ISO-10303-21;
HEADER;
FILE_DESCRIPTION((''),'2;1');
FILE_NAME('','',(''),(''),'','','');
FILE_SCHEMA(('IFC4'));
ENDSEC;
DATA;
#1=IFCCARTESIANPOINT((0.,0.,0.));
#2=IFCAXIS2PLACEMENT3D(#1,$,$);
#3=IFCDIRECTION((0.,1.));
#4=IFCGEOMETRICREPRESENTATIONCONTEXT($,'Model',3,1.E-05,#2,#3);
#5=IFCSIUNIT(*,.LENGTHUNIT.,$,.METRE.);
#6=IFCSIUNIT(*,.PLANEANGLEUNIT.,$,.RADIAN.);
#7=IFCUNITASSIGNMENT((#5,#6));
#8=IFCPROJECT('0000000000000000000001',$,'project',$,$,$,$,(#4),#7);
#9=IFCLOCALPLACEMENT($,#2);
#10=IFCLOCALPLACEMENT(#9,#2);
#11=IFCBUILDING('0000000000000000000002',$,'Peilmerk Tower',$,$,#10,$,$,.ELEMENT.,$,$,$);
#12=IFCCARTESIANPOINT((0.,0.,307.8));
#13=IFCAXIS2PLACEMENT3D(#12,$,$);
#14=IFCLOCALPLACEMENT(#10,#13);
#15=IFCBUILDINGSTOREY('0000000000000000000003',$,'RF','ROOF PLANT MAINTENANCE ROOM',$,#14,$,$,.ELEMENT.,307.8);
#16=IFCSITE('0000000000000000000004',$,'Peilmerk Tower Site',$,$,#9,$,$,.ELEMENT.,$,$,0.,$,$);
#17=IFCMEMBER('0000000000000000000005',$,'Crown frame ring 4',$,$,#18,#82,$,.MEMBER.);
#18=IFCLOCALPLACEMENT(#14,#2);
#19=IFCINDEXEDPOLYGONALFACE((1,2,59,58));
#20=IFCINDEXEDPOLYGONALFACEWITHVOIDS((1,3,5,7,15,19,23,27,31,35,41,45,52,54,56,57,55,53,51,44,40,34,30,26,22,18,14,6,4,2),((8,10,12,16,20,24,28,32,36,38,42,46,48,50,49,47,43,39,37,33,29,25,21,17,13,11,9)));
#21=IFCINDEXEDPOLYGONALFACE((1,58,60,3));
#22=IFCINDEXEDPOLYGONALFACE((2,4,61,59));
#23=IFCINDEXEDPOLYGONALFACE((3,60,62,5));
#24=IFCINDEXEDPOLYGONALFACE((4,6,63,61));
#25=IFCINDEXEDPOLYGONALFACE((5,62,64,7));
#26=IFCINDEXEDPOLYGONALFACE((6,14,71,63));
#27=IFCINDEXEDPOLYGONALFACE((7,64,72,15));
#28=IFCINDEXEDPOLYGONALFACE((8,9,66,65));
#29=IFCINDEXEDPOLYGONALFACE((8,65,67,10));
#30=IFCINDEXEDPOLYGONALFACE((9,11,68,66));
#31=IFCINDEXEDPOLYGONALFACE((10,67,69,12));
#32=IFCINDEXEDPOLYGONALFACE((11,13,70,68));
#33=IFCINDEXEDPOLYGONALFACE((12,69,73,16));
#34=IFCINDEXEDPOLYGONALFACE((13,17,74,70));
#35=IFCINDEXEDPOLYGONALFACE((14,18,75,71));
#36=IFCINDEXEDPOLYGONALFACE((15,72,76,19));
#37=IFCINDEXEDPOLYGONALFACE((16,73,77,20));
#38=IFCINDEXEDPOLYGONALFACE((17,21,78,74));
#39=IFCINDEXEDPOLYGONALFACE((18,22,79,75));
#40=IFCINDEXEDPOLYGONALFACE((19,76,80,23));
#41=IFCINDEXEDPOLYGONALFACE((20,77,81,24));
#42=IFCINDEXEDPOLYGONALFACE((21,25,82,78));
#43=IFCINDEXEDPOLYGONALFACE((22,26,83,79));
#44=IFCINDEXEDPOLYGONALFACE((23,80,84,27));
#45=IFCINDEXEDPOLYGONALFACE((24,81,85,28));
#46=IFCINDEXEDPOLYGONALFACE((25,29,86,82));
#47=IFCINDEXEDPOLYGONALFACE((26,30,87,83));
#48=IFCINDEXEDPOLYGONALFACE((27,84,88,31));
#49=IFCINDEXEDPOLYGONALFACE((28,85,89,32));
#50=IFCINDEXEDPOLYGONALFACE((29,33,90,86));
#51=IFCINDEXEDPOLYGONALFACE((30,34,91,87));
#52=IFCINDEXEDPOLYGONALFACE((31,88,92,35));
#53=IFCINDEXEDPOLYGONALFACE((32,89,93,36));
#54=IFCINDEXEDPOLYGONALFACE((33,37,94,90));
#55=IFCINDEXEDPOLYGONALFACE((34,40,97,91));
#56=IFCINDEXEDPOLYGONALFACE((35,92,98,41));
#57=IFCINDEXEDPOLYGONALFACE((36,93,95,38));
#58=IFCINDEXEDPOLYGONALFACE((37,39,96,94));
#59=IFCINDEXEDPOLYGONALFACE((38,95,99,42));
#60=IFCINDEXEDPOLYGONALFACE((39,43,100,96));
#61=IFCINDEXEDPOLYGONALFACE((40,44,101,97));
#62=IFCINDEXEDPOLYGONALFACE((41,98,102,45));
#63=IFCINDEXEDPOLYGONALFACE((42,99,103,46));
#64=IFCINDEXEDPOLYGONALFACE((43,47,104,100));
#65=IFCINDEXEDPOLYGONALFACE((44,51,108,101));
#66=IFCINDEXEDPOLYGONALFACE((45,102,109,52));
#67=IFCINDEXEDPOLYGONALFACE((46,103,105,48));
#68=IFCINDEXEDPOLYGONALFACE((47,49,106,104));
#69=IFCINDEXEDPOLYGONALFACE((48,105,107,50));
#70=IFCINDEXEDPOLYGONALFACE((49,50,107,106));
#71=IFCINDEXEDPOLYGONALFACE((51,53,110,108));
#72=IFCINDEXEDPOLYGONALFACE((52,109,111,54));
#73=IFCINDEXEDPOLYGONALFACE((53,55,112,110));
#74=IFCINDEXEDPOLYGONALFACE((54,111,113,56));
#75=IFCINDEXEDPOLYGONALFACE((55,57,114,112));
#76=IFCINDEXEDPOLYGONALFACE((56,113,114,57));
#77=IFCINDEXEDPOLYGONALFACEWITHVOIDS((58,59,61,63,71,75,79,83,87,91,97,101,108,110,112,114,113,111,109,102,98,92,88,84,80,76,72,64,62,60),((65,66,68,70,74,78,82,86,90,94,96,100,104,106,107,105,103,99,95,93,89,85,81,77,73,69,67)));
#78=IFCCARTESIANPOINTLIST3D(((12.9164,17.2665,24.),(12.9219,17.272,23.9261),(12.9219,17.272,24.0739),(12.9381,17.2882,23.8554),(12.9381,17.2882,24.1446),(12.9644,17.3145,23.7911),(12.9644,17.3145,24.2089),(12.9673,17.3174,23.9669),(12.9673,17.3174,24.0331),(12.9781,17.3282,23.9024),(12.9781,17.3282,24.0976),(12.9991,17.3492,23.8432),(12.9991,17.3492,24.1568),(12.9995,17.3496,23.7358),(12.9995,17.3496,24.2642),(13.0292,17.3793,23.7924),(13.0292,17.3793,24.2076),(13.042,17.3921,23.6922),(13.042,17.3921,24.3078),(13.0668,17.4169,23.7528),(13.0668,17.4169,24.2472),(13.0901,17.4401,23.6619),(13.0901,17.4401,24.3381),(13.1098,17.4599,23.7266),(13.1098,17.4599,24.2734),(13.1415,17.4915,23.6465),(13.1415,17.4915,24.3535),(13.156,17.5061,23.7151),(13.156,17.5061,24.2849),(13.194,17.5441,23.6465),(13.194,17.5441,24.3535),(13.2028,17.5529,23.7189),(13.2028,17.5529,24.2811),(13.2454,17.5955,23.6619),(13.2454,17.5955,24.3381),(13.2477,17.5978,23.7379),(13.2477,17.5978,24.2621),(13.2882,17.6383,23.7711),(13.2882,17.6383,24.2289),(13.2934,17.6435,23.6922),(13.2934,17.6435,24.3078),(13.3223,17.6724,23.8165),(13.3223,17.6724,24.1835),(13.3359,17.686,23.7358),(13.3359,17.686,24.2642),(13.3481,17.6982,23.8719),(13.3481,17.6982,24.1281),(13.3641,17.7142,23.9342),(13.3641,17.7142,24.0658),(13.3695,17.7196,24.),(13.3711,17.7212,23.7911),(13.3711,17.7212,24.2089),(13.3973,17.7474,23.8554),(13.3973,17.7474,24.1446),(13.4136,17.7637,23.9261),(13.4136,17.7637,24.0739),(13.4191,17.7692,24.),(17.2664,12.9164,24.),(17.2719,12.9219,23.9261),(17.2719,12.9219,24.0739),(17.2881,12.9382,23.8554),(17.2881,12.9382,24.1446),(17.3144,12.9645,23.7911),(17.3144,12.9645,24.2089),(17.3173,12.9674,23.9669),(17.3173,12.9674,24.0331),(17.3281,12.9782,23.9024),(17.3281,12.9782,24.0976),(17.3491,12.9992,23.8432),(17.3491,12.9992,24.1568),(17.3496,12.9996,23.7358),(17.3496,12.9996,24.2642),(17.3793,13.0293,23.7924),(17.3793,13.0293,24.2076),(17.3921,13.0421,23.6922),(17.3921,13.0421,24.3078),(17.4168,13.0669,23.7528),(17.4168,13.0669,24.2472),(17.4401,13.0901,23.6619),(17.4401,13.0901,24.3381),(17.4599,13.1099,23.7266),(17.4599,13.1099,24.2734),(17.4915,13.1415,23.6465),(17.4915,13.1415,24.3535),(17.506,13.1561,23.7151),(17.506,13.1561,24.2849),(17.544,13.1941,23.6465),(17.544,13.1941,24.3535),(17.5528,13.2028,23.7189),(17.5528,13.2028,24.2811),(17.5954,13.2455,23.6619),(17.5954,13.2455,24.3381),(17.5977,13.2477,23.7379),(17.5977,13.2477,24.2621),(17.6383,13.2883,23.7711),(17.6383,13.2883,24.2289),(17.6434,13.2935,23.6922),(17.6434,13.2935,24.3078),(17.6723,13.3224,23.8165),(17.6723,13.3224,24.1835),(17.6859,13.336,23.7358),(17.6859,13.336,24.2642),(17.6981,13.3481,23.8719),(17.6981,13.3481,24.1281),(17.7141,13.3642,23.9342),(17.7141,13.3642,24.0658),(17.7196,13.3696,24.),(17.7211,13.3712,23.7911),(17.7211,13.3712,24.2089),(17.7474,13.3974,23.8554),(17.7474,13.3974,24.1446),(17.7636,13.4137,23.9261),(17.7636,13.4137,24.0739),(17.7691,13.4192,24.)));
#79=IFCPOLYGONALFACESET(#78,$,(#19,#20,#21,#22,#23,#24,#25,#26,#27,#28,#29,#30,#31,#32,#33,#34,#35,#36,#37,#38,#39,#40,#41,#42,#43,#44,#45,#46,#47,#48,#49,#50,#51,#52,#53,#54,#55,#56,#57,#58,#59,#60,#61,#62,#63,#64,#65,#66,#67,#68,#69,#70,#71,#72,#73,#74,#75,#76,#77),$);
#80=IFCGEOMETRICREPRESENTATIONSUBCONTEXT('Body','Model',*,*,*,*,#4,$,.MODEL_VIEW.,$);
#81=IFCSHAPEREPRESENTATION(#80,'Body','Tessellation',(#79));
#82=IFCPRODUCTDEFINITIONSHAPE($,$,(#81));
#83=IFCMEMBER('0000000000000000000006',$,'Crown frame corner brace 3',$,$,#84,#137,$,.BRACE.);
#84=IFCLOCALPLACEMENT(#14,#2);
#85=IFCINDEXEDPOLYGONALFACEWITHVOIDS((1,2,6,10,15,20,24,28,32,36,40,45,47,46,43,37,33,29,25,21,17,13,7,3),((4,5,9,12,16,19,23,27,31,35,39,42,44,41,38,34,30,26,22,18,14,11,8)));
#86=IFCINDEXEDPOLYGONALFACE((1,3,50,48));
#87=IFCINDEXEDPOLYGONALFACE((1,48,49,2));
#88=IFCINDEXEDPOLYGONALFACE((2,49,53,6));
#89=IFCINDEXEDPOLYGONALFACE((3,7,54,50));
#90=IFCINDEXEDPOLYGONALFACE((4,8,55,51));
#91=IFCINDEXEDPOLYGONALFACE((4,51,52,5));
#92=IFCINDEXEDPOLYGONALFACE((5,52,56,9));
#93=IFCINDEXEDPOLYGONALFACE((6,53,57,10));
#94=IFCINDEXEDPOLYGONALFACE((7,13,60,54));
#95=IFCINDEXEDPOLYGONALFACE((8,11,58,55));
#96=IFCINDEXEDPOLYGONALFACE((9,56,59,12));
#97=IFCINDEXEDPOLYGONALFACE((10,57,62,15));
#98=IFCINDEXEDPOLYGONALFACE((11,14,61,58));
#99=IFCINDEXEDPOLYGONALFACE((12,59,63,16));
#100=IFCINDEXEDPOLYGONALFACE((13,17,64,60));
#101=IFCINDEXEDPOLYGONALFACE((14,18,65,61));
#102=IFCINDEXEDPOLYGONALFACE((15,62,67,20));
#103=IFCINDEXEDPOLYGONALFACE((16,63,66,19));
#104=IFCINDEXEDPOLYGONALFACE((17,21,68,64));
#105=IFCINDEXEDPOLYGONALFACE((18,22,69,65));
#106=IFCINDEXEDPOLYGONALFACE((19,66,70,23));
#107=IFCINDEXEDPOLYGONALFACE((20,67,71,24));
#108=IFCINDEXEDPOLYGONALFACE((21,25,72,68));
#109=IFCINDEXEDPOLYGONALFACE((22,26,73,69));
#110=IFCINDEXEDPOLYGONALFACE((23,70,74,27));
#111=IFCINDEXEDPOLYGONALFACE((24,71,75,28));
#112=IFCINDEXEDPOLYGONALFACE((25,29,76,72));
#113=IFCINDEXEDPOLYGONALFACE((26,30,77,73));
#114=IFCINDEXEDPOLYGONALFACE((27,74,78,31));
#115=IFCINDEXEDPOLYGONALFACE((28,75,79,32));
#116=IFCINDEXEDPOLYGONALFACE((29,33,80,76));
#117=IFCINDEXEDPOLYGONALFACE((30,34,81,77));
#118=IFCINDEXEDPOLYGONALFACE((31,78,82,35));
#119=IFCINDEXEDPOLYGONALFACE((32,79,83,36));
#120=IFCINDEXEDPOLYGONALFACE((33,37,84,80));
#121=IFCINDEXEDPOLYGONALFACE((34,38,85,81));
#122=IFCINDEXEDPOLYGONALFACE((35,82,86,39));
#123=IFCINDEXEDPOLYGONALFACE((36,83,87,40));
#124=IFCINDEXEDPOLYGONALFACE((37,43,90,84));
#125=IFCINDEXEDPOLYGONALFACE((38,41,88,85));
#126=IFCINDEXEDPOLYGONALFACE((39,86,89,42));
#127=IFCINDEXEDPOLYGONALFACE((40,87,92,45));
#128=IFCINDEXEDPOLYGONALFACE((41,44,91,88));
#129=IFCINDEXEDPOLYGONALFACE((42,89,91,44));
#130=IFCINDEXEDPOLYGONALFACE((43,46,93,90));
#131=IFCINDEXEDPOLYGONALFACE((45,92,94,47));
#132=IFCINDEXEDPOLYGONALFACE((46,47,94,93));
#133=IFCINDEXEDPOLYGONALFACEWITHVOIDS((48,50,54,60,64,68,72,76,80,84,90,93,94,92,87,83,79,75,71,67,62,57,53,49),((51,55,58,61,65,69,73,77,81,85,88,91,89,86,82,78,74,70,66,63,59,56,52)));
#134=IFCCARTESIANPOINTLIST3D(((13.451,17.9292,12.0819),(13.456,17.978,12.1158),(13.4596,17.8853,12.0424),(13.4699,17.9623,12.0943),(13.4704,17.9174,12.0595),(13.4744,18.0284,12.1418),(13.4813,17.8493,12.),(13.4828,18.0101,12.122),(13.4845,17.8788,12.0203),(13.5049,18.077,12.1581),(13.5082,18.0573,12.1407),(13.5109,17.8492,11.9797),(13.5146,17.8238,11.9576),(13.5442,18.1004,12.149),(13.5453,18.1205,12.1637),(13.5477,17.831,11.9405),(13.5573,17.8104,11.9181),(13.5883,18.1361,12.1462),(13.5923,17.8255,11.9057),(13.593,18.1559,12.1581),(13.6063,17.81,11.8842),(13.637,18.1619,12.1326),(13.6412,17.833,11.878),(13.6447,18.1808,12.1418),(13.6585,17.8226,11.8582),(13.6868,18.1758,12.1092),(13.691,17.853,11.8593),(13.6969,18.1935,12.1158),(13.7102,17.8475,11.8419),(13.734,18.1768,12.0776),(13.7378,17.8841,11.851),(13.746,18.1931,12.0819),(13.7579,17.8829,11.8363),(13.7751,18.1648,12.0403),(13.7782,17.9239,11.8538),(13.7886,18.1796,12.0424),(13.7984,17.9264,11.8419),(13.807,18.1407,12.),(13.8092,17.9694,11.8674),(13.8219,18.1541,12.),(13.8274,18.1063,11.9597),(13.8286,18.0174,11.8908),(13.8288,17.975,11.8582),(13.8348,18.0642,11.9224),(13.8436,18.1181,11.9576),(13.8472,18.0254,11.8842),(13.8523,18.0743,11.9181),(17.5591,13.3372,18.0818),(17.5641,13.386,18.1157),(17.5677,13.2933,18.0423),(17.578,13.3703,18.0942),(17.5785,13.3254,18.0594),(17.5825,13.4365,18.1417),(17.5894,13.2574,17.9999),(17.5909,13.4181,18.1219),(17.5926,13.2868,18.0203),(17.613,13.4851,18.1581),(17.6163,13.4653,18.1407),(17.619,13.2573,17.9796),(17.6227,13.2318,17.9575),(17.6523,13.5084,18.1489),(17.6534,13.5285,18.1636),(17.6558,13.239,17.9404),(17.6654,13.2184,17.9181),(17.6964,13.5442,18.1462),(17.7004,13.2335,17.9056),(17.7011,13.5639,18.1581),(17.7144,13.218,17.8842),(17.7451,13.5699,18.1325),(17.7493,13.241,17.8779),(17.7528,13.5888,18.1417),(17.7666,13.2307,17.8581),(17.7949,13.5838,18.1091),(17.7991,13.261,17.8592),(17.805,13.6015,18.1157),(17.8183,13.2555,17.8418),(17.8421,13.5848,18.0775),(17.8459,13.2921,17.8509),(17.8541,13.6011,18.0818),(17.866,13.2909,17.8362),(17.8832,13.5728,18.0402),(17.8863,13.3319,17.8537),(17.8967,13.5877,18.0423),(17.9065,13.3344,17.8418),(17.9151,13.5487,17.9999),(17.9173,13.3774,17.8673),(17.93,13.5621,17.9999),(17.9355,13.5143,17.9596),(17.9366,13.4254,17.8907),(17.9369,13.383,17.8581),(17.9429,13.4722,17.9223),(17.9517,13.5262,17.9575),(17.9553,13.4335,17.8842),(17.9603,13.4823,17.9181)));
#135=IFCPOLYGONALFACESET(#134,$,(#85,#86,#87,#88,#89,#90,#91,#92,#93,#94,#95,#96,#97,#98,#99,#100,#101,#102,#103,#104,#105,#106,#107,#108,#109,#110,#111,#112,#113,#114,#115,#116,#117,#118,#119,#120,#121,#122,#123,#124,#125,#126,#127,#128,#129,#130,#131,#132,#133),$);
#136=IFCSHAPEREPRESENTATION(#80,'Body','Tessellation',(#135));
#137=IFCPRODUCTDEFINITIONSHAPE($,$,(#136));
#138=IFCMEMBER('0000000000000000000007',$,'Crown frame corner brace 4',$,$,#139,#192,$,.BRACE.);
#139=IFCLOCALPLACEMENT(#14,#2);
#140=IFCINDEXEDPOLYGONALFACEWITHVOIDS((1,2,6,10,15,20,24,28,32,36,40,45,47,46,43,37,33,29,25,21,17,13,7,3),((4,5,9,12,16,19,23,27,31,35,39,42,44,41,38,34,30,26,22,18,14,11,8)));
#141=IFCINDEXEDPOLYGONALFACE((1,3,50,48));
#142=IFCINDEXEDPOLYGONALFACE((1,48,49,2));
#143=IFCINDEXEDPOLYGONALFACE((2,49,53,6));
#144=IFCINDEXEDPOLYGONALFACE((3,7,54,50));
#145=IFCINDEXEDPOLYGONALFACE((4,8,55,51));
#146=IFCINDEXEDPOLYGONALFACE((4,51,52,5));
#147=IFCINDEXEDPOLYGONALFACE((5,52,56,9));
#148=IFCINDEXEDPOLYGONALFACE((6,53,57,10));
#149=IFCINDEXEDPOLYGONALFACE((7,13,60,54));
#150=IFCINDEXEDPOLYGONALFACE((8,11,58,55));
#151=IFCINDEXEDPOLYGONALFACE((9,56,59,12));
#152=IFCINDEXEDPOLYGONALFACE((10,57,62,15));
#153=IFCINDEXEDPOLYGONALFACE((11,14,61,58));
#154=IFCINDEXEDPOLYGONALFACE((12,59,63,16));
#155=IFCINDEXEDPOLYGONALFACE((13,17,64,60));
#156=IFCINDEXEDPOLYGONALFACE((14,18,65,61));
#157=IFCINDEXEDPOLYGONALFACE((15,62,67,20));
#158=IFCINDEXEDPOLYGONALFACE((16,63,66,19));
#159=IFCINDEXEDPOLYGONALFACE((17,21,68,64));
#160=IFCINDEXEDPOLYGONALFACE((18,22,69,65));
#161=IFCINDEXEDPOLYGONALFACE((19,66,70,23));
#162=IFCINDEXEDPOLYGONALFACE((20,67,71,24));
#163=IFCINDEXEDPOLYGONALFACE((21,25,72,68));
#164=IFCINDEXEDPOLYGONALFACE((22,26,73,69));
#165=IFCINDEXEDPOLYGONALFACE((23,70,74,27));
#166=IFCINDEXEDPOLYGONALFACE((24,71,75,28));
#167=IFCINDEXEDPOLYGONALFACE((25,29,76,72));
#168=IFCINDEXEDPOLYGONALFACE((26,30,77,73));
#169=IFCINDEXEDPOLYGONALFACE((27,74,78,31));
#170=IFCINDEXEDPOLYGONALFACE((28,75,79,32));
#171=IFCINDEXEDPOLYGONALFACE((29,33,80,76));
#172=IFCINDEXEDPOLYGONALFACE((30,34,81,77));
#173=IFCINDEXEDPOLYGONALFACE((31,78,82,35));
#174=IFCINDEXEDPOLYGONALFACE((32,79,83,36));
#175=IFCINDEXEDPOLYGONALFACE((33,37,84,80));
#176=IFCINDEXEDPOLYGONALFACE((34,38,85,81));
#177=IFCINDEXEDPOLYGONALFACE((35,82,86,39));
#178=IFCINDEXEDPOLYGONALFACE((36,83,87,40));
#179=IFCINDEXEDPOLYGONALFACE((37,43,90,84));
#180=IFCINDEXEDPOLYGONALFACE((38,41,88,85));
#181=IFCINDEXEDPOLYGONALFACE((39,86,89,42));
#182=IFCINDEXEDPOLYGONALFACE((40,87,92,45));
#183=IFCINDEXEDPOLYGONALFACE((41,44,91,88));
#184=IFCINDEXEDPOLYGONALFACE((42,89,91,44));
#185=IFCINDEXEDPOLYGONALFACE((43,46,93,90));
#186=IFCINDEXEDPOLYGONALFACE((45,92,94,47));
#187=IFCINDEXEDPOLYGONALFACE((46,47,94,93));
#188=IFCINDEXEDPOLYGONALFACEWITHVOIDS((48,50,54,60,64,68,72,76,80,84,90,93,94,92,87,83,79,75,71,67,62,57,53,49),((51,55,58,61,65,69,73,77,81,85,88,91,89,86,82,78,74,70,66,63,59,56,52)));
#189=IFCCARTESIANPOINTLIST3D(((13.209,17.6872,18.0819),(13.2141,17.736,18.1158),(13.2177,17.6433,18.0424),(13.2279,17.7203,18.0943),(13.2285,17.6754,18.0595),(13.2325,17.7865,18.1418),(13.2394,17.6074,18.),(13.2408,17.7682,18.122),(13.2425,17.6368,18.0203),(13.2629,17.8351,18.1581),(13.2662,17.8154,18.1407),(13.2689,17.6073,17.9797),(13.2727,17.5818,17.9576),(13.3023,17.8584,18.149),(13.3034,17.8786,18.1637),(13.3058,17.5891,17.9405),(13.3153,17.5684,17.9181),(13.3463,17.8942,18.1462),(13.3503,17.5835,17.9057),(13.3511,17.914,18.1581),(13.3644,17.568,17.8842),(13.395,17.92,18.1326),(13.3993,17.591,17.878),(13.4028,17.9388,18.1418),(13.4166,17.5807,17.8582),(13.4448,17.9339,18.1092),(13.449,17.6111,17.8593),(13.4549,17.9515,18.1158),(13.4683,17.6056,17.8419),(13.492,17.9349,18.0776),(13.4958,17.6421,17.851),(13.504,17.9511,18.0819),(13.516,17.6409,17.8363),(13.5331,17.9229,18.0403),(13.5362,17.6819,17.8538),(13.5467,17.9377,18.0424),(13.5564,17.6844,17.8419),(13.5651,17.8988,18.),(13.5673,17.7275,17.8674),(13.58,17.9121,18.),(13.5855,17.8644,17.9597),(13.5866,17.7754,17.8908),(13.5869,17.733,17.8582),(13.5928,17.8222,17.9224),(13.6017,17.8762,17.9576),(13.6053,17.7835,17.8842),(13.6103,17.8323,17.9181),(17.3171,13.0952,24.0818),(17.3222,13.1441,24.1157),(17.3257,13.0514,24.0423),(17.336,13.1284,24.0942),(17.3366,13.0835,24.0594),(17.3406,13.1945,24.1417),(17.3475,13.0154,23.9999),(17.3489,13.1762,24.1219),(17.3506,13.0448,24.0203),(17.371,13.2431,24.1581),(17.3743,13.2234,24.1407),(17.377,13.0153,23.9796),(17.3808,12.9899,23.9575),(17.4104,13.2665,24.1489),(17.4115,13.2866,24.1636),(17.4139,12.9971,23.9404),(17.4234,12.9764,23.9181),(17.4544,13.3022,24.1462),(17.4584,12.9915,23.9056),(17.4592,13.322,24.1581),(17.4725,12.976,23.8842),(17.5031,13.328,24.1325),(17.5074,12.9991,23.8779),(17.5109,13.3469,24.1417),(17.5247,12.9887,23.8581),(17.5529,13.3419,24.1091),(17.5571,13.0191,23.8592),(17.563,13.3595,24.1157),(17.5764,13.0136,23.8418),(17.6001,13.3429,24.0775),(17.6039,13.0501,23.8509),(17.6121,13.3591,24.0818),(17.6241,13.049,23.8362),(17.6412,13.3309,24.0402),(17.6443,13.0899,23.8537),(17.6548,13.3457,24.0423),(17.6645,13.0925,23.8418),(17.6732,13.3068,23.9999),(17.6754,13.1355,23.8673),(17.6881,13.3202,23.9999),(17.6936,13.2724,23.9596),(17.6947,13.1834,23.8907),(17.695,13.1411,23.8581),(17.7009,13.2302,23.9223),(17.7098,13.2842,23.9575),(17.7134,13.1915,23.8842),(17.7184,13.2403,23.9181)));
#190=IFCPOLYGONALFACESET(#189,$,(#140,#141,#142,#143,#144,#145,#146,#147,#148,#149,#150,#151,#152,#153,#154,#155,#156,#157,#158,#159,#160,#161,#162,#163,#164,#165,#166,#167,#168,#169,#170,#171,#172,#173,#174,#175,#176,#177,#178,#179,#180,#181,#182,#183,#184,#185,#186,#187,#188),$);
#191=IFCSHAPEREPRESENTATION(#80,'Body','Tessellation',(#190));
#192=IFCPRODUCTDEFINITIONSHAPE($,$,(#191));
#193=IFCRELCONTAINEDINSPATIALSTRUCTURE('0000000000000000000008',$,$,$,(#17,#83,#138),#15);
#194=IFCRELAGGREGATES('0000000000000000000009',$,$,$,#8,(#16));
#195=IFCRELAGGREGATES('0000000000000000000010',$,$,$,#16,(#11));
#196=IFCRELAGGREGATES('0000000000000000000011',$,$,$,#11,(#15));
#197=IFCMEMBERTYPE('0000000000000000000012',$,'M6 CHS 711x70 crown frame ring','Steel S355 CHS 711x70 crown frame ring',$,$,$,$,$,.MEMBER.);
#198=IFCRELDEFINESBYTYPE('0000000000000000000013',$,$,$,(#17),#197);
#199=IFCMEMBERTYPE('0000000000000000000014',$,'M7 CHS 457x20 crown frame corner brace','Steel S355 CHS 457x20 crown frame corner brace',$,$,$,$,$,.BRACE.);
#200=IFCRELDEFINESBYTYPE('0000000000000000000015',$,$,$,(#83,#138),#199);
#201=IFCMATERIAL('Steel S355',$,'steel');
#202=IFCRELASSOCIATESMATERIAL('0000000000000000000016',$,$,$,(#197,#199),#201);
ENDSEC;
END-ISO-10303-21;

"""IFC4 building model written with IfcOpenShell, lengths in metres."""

from ifc_helpers import new_model, si_unit, direction, frame, origin, origin_2d, place, context, subcontext, project, spatial, hollow_circle, extrude, material, material_profile, profile_set, type_object, element, save


model = new_model("IFC4")

# Units and contexts
model_context = context("Model", 3, precision=1e-05, world=origin(), true_north=direction((0.0, 1.0)))
body_context = subcontext(model_context, "Body", "Model", "MODEL_VIEW")
ifc_project = project(units=[si_unit("LENGTHUNIT", "METRE"), si_unit("PLANEANGLEUNIT", "RADIAN")], contexts=[model_context])

# Site, building, storey
site_placement = place(None, origin())
site = spatial("IfcSite", under=ifc_project, at=site_placement, Name="Peilmerk Tower Site", CompositionType="ELEMENT", RefElevation=0.0)
building_placement = place(site_placement, origin())
building = spatial("IfcBuilding", under=site, at=building_placement, Name="Peilmerk Tower", CompositionType="ELEMENT")
storey_placement = place(building_placement, frame((0.0, 0.0, 307.8)))
storey = spatial("IfcBuildingStorey", under=building, at=storey_placement, Name="RF", Description="ROOF PLANT MAINTENANCE ROOM", CompositionType="ELEMENT", Elevation=307.8)

# Shared definitions
ifc_material_1 = material(Name="Steel S355", Category="steel")

# Members
ifc_material_profile_1 = material_profile(ifc_material_1, hollow_circle(Radius=0.3555, WallThickness=0.0701, at=origin_2d()), Name="CHS 711x70")
ifc_profile_set_1 = profile_set([ifc_material_profile_1], Name="Steel S355")
member_type_1 = type_object("IfcMemberType", Name="M6 CHS 711x70 crown frame ring", Description="Steel S355 CHS 711x70 crown frame ring", PredefinedType="MEMBER", material=ifc_profile_set_1)
member_1_placement = place(storey_placement, frame((13.1677, 17.5178, 24.0), z_axis=(0.707107, -0.707107, 0.0), x_axis=(0.707107, 0.707107, 0.0)))
element("IfcMember", 1, at=member_1_placement, inside=storey, type_object=member_type_1, Name="Crown frame ring 4", PredefinedType="MEMBER", context=body_context, shape_type="SweptSolid", body=[
    extrude(hollow_circle(Radius=0.3555, WallThickness=0.0701, at=origin_2d()), origin(), (0.0, 0.0, 1.0), 6.1519),
])
ifc_material_profile_2 = material_profile(ifc_material_1, hollow_circle(Radius=0.2285, WallThickness=0.02, at=origin_2d()), Name="CHS 457x20")
ifc_profile_set_2 = profile_set([ifc_material_profile_2], Name="Steel S355")
member_type_2 = type_object("IfcMemberType", Name="M7 CHS 457x20 crown frame corner brace", Description="Steel S355 CHS 457x20 crown frame corner brace", PredefinedType="BRACE", material=ifc_profile_set_2)
for number, where, z_axis, x_axis, name in (
    (2, (13.6516, 18.0017, 12.0), (0.47768, -0.533945, 0.697657), (0.745283, 0.666749, 0.0), "Crown frame corner brace 3"),
    (3, (13.4097, 17.7598, 18.0), (0.47768, -0.533945, 0.697657), (0.745283, 0.666749, 0.0), "Crown frame corner brace 4"),
):
    element("IfcMember", number, at=place(storey_placement, frame(where, z_axis=z_axis, x_axis=x_axis)), inside=storey, type_object=member_type_2, Name=name, PredefinedType="BRACE", context=body_context, shape_type="SweptSolid", body=[
        extrude(hollow_circle(Radius=0.2285, WallThickness=0.02, at=origin_2d()), origin(), (0.0, 0.0, 1.0), 8.6001),
    ])

save(model, "model.ifc")
